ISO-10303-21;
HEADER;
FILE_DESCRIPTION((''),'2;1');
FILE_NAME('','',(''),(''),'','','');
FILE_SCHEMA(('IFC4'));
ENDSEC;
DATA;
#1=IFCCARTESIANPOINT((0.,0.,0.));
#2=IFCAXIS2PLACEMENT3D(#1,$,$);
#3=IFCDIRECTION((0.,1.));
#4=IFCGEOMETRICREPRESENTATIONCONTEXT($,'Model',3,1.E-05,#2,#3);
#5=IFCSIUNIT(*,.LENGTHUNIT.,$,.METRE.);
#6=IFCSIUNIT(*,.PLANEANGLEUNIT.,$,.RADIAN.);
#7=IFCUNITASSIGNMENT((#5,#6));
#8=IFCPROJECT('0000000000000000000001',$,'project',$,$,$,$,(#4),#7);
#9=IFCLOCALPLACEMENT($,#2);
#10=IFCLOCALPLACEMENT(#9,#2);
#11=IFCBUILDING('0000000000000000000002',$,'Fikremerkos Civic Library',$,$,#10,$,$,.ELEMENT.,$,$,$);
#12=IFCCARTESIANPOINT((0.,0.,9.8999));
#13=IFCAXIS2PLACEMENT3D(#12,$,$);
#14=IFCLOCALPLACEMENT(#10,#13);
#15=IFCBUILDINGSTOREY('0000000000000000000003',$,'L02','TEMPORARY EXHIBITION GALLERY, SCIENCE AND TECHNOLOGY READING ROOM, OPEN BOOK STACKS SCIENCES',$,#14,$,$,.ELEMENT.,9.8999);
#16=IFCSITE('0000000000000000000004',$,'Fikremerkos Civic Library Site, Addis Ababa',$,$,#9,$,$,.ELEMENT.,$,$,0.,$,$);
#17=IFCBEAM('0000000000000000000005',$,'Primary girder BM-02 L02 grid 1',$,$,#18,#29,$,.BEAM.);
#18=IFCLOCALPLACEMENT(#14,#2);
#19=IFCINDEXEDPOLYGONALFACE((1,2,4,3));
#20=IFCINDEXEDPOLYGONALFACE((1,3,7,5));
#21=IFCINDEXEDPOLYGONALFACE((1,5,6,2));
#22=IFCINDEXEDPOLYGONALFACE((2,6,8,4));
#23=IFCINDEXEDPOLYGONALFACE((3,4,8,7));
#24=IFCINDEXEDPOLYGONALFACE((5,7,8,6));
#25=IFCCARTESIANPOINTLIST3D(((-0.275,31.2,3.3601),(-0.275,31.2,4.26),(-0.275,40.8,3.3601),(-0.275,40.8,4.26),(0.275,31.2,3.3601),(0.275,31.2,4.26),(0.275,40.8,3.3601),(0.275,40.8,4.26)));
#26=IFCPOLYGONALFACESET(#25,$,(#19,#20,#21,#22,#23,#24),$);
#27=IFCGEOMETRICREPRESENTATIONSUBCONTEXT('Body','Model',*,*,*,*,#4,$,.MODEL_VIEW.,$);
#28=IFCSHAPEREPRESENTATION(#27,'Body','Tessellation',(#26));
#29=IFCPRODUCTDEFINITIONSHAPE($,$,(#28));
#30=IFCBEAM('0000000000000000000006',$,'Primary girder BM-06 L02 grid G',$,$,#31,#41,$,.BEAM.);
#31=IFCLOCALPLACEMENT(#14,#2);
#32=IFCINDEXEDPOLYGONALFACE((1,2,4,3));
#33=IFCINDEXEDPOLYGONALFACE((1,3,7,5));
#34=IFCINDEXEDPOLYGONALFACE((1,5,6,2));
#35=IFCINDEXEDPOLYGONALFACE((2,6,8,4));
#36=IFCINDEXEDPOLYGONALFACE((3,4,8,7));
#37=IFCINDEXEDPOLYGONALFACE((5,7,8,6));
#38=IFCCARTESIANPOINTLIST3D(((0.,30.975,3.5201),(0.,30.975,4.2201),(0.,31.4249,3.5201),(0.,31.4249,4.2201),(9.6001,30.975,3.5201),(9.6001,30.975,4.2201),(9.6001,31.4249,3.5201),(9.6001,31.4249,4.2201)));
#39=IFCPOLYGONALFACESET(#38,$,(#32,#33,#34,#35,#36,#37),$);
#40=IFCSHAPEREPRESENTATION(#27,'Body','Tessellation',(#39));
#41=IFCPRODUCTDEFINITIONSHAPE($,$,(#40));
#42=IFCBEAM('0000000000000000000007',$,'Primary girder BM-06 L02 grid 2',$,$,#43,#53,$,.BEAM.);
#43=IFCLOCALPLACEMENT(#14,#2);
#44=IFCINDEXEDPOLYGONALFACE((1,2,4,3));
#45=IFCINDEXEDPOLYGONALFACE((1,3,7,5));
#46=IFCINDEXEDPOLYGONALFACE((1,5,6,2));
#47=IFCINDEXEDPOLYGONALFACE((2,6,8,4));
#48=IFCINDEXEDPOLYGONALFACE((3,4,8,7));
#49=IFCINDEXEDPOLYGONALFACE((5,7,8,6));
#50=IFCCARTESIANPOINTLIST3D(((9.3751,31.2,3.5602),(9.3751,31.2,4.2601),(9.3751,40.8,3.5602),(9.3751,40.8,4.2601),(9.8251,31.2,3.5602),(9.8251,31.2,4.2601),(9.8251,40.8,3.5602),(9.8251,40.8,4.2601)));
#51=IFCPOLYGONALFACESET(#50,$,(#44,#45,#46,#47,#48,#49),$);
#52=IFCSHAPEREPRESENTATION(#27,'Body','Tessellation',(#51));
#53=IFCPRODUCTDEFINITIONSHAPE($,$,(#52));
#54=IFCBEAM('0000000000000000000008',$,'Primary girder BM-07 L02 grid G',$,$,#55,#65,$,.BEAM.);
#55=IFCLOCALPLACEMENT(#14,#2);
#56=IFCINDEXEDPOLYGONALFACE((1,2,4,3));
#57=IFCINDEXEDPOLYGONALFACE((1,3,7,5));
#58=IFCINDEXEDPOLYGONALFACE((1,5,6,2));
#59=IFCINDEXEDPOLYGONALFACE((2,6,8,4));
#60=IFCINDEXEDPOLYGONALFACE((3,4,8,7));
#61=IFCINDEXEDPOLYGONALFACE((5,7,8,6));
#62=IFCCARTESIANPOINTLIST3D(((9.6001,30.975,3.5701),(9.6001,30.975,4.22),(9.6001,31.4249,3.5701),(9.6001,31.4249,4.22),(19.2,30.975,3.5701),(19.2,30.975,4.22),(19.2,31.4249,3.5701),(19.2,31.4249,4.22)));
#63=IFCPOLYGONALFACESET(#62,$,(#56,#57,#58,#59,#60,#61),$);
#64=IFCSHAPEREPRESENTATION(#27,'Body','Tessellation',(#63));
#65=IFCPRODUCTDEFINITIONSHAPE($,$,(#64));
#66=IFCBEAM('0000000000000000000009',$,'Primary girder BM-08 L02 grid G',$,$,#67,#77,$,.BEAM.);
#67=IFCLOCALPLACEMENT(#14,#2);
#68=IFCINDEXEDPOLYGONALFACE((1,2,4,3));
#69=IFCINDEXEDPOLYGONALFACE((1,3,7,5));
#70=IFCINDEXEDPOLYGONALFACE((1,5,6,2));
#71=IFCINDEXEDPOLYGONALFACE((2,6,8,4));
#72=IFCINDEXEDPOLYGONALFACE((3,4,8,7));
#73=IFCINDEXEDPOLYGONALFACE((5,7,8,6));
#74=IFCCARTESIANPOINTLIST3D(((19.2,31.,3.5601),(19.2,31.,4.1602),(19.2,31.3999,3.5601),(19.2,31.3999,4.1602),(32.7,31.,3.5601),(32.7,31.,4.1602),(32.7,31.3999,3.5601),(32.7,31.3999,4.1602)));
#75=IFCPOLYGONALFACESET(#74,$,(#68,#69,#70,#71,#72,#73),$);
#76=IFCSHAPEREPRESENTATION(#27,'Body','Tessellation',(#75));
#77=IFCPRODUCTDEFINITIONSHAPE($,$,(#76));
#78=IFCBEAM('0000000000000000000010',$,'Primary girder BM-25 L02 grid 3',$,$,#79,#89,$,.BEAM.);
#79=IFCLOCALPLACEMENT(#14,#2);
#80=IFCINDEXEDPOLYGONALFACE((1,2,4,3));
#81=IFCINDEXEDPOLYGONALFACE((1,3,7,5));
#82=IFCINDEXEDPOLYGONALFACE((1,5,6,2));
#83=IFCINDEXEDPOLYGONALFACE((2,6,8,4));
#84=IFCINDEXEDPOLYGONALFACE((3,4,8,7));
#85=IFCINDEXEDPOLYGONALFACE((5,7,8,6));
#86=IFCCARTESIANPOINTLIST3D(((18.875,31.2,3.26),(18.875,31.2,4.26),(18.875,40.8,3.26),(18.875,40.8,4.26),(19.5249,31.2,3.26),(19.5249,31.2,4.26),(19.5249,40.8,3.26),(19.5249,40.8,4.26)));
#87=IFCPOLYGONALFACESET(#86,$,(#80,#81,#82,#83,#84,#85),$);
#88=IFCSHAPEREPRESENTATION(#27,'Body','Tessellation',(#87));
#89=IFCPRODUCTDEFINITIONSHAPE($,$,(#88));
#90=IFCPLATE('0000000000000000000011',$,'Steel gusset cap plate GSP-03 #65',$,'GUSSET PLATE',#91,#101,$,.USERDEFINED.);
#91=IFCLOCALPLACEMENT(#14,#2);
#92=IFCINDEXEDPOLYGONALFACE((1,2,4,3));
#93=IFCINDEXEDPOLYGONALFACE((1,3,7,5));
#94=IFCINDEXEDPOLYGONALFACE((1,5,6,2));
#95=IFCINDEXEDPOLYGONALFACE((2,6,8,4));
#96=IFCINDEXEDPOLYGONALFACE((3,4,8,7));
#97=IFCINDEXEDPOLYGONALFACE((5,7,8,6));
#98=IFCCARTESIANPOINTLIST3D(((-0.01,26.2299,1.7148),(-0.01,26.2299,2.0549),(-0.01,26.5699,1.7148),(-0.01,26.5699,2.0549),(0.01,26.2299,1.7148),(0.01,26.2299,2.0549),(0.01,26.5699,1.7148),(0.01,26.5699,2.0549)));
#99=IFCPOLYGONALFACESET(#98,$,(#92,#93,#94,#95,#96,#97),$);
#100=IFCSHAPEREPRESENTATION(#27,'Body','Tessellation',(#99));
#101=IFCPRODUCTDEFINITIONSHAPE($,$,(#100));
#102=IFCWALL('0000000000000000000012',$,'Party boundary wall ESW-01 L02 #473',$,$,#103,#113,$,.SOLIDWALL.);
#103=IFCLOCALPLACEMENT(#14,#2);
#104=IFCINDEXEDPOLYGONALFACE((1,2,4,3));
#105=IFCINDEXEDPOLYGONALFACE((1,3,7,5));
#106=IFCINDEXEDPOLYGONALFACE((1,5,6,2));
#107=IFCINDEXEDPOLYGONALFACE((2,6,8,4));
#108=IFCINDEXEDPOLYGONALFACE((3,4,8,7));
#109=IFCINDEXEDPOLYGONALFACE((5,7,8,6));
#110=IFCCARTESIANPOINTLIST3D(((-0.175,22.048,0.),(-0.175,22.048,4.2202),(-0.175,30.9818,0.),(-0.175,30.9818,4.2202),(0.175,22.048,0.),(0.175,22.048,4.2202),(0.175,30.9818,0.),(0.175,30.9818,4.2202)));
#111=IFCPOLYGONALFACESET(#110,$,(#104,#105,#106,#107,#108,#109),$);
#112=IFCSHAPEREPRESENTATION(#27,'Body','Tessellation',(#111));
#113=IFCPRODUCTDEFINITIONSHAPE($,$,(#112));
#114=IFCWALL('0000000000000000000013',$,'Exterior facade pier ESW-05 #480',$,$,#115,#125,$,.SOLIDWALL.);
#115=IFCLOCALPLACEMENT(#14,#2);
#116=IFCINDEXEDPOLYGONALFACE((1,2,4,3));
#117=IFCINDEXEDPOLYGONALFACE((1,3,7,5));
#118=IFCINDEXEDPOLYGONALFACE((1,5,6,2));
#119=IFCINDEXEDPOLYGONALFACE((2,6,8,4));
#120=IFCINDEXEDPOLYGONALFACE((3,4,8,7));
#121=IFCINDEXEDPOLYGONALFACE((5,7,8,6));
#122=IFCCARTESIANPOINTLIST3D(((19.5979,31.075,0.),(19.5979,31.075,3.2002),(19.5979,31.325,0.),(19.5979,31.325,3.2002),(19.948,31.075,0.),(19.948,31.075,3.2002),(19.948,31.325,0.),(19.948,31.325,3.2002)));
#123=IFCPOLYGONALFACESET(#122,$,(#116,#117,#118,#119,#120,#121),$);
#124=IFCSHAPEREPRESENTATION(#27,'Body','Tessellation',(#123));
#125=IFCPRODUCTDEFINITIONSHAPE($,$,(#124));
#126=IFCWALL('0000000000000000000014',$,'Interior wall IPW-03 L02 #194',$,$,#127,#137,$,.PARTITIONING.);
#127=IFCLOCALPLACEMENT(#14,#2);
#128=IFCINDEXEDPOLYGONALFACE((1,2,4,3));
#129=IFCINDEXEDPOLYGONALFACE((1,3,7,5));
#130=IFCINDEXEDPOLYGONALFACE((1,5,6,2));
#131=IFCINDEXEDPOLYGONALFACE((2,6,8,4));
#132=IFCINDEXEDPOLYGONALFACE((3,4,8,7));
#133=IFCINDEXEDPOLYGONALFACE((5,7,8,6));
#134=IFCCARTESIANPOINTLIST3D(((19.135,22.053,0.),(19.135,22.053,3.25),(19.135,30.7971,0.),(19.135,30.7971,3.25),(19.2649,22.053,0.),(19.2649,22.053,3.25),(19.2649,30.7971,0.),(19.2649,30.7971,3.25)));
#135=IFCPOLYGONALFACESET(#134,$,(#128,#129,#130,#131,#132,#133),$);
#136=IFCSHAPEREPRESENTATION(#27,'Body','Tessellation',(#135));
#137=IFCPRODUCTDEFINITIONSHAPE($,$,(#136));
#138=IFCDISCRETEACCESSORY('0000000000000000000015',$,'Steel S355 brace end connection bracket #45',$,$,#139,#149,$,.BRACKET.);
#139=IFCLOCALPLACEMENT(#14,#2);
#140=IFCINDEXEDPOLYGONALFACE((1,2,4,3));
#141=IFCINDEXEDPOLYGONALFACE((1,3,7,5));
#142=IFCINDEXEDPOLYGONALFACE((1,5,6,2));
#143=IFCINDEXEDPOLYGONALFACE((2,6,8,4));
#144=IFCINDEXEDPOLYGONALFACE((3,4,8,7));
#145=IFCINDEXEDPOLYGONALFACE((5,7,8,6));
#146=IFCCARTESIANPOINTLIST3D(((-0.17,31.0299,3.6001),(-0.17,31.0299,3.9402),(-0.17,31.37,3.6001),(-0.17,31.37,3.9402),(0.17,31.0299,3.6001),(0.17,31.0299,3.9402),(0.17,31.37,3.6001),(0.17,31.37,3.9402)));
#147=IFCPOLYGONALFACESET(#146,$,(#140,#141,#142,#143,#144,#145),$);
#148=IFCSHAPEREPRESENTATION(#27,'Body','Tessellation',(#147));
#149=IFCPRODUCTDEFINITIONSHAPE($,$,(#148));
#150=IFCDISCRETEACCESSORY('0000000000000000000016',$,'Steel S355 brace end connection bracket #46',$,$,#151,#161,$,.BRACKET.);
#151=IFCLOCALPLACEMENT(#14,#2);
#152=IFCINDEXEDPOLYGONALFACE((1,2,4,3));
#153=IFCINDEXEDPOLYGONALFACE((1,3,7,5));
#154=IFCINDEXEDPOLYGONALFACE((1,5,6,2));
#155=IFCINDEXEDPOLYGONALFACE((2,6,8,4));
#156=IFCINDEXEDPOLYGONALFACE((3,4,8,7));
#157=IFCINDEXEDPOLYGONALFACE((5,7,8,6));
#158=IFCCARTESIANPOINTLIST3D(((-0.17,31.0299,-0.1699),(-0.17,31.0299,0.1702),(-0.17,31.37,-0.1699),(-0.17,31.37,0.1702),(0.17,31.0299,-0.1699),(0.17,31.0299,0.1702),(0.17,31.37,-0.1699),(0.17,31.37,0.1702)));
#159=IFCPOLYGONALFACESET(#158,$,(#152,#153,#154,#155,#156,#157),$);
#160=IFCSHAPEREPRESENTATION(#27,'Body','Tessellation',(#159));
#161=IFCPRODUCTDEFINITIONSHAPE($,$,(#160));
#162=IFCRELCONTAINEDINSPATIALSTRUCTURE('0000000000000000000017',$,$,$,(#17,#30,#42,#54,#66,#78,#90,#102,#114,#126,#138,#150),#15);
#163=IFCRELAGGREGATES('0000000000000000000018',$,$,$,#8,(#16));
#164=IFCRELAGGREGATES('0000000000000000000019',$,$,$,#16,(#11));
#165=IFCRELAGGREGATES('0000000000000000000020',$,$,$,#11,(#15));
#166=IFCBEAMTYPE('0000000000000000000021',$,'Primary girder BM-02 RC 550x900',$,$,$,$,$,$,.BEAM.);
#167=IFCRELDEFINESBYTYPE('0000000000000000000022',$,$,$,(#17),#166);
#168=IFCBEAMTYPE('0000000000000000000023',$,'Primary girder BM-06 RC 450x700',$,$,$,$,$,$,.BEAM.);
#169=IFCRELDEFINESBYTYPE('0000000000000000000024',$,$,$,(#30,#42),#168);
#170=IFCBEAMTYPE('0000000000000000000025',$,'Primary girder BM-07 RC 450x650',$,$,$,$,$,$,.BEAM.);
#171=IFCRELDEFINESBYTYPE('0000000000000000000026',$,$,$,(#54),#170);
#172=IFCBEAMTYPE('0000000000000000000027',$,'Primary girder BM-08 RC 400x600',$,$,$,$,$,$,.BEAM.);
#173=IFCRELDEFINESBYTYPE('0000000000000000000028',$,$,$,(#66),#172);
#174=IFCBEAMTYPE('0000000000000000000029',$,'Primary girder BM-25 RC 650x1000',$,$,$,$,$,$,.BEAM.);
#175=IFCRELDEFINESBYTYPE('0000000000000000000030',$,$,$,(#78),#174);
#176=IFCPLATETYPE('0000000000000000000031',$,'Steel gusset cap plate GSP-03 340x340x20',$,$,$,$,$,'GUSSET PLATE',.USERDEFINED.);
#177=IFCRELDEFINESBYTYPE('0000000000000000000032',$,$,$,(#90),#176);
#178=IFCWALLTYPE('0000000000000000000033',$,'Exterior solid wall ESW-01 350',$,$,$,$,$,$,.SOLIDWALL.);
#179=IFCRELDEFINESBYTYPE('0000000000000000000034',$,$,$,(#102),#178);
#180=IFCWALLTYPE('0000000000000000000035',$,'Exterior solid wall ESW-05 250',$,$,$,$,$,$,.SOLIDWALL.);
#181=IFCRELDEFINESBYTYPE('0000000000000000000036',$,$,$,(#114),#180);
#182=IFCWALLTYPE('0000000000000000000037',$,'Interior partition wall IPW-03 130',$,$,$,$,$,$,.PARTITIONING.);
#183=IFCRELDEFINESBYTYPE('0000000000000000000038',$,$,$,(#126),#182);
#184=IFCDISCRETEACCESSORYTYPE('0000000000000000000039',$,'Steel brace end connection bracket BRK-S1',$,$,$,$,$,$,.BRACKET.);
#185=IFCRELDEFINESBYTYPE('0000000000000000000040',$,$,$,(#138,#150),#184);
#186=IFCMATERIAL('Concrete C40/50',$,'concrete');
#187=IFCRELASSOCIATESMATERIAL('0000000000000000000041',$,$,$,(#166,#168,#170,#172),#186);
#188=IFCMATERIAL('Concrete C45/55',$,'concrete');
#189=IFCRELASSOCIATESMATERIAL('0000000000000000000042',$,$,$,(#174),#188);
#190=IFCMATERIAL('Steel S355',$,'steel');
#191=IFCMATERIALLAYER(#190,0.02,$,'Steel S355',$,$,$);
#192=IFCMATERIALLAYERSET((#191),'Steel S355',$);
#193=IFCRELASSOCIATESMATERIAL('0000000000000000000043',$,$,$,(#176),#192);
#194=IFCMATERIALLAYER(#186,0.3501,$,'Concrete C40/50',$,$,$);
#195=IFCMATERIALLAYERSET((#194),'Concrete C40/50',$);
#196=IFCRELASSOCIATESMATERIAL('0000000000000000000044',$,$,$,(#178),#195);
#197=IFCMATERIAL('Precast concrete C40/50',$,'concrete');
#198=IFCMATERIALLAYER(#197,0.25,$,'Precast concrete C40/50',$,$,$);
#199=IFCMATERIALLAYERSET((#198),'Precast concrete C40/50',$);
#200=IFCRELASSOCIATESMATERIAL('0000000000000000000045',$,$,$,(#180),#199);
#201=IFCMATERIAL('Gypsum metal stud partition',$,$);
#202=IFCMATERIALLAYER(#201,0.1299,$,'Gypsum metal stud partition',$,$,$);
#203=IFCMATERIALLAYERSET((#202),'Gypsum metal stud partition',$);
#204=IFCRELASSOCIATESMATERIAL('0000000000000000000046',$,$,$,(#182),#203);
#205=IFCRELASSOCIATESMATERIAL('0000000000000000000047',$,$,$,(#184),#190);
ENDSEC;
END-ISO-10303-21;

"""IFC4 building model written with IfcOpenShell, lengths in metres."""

from ifc_helpers import new_model, si_unit, direction, frame, frame_2d, origin, origin_2d, place, context, subcontext, project, spatial, rectangle, extrude, material, layer, layer_set, material_profile, profile_set, type_object, element, save


model = new_model("IFC4")

# Units and contexts
model_context = context("Model", 3, precision=1e-05, world=origin(), true_north=direction((0.0, 1.0)))
body_context = subcontext(model_context, "Body", "Model", "MODEL_VIEW")
ifc_project = project(units=[si_unit("LENGTHUNIT", "METRE"), si_unit("PLANEANGLEUNIT", "RADIAN")], contexts=[model_context])

# Site, building, storey
site_placement = place(None, origin())
site = spatial("IfcSite", under=ifc_project, at=site_placement, Name="Fikremerkos Civic Library Site, Addis Ababa", CompositionType="ELEMENT", RefElevation=0.0)
building_placement = place(site_placement, origin())
building = spatial("IfcBuilding", under=site, at=building_placement, Name="Fikremerkos Civic Library", CompositionType="ELEMENT")
storey_placement = place(building_placement, frame((0.0, 0.0, 9.8999)))
storey = spatial("IfcBuildingStorey", under=building, at=storey_placement, Name="L02", Description="TEMPORARY EXHIBITION GALLERY, SCIENCE AND TECHNOLOGY READING ROOM, OPEN BOOK STACKS SCIENCES", CompositionType="ELEMENT", Elevation=9.8999)

# Shared definitions
ifc_material_1 = material(Name="Concrete C40/50", Category="concrete")
ifc_material_2 = material(Name="Steel S355", Category="steel")

# Beams
ifc_material_profile_1 = material_profile(ifc_material_1, rectangle(XDim=0.55, YDim=0.8999, at=origin_2d()), Name="RC 550x900")
ifc_profile_set_1 = profile_set([ifc_material_profile_1], Name="Concrete C40/50")
beam_type_1 = type_object("IfcBeamType", Name="Primary girder BM-02 RC 550x900", PredefinedType="BEAM", material=ifc_profile_set_1)
beam_1_placement = place(storey_placement, frame((0.0, 31.2, 3.8101), z_axis=(0.0, 1.0, 0.0), x_axis=(-1.0, 0.0, 0.0)))
element("IfcBeam", 1, at=beam_1_placement, inside=storey, type_object=beam_type_1, Name="Primary girder BM-02 L02 grid 1", PredefinedType="BEAM", context=body_context, shape_type="SweptSolid", body=[
    extrude(rectangle(XDim=0.55, YDim=0.8999, at=origin_2d()), origin(), (0.0, 0.0, 1.0), 9.6001),
])
ifc_material_profile_2 = material_profile(ifc_material_1, rectangle(XDim=0.45, YDim=0.7, at=origin_2d()), Name="RC 450x700")
ifc_profile_set_2 = profile_set([ifc_material_profile_2], Name="Concrete C40/50")
beam_type_2 = type_object("IfcBeamType", Name="Primary girder BM-06 RC 450x700", PredefinedType="BEAM", material=ifc_profile_set_2)
for number, where, z_axis, x_axis, name in (
    (2, (0.0, 31.2, 3.8701), (1.0, 0.0, 0.0), (0.0, 1.0, 0.0), "Primary girder BM-06 L02 grid G"),
    (3, (9.6001, 31.2, 3.9102), (0.0, 1.0, 0.0), (-1.0, 0.0, 0.0), "Primary girder BM-06 L02 grid 2"),
):
    element("IfcBeam", number, at=place(storey_placement, frame(where, z_axis=z_axis, x_axis=x_axis)), inside=storey, type_object=beam_type_2, Name=name, PredefinedType="BEAM", context=body_context, shape_type="SweptSolid", body=[
        extrude(rectangle(XDim=0.45, YDim=0.7, at=origin_2d()), origin(), (0.0, 0.0, 1.0), 9.6001),
    ])
ifc_material_profile_3 = material_profile(ifc_material_1, rectangle(XDim=0.45, YDim=0.6499, at=origin_2d()), Name="RC 450x650")
ifc_profile_set_3 = profile_set([ifc_material_profile_3], Name="Concrete C40/50")
beam_type_3 = type_object("IfcBeamType", Name="Primary girder BM-07 RC 450x650", PredefinedType="BEAM", material=ifc_profile_set_3)
beam_2_placement = place(storey_placement, frame((9.6001, 31.2, 3.895), z_axis=(1.0, 0.0, 0.0), x_axis=(0.0, 1.0, 0.0)))
element("IfcBeam", 4, at=beam_2_placement, inside=storey, type_object=beam_type_3, Name="Primary girder BM-07 L02 grid G", PredefinedType="BEAM", context=body_context, shape_type="SweptSolid", body=[
    extrude(rectangle(XDim=0.45, YDim=0.6499, at=origin_2d()), origin(), (0.0, 0.0, 1.0), 9.5999),
])
ifc_material_profile_4 = material_profile(ifc_material_1, rectangle(XDim=0.3999, YDim=0.6001, at=origin_2d()), Name="RC 400x600")
ifc_profile_set_4 = profile_set([ifc_material_profile_4], Name="Concrete C40/50")
beam_type_4 = type_object("IfcBeamType", Name="Primary girder BM-08 RC 400x600", PredefinedType="BEAM", material=ifc_profile_set_4)
beam_3_placement = place(storey_placement, frame((19.2, 31.2, 3.8601), z_axis=(1.0, 0.0, 0.0), x_axis=(0.0, 1.0, 0.0)))
element("IfcBeam", 5, at=beam_3_placement, inside=storey, type_object=beam_type_4, Name="Primary girder BM-08 L02 grid G", PredefinedType="BEAM", context=body_context, shape_type="SweptSolid", body=[
    extrude(rectangle(XDim=0.3999, YDim=0.6001, at=origin_2d()), origin(), (0.0, 0.0, 1.0), 13.5),
])
ifc_material_3 = material(Name="Concrete C45/55", Category="concrete")
ifc_material_profile_5 = material_profile(ifc_material_3, rectangle(XDim=0.6499, YDim=1.0, at=origin_2d()), Name="RC 650x1000")
ifc_profile_set_5 = profile_set([ifc_material_profile_5], Name="Concrete C45/55")
beam_type_5 = type_object("IfcBeamType", Name="Primary girder BM-25 RC 650x1000", PredefinedType="BEAM", material=ifc_profile_set_5)
beam_4_placement = place(storey_placement, frame((19.2, 31.2, 3.76), z_axis=(0.0, 1.0, 0.0), x_axis=(-1.0, 0.0, 0.0)))
element("IfcBeam", 6, at=beam_4_placement, inside=storey, type_object=beam_type_5, Name="Primary girder BM-25 L02 grid 3", PredefinedType="BEAM", context=body_context, shape_type="SweptSolid", body=[
    extrude(rectangle(XDim=0.6499, YDim=1.0, at=origin_2d()), origin(), (0.0, 0.0, 1.0), 9.6001),
])

# Plate
ifc_layer_1 = layer(ifc_material_2, 0.02, Name="Steel S355")
ifc_layer_set_1 = layer_set([ifc_layer_1], Name="Steel S355")
plate_type = type_object("IfcPlateType", Name="Steel gusset cap plate GSP-03 340x340x20", ElementType="GUSSET PLATE", PredefinedType="USERDEFINED", material=ifc_layer_set_1)
plate_placement = place(storey_placement, frame((0.0, 26.3999, 1.7148), z_axis=(0.0, 0.0, 1.0), x_axis=(1.0, 0.0, 0.0)))
element("IfcPlate", 7, at=plate_placement, inside=storey, type_object=plate_type, Name="Steel gusset cap plate GSP-03 #65", ObjectType="GUSSET PLATE", PredefinedType="USERDEFINED", context=body_context, shape_type="SweptSolid", body=[
    extrude(rectangle(XDim=0.02, YDim=0.3401, at=origin_2d()), origin(), (0.0, 0.0, 1.0), 0.3401),
])

# Walls
ifc_layer_2 = layer(ifc_material_1, 0.3501, Name="Concrete C40/50")
ifc_layer_set_2 = layer_set([ifc_layer_2], Name="Concrete C40/50")
wall_type_1 = type_object("IfcWallType", Name="Exterior solid wall ESW-01 350", PredefinedType="SOLIDWALL", material=ifc_layer_set_2)
wall_1_placement = place(storey_placement, frame((0.0, 22.0481, 0.0), z_axis=(0.0, 0.0, 1.0), x_axis=(0.0, 1.0, 0.0)))
element("IfcWall", 8, at=wall_1_placement, inside=storey, type_object=wall_type_1, Name="Party boundary wall ESW-01 L02 #473", PredefinedType="SOLIDWALL", context=body_context, shape_type="SweptSolid", body=[
    extrude(rectangle(XDim=8.9338, YDim=0.3501, at=frame_2d((4.4668, 0.0))), origin(), (0.0, 0.0, 1.0), 4.2202),
])
ifc_material_4 = material(Name="Precast concrete C40/50", Category="concrete")
ifc_layer_3 = layer(ifc_material_4, 0.25, Name="Precast concrete C40/50")
ifc_layer_set_3 = layer_set([ifc_layer_3], Name="Precast concrete C40/50")
wall_type_2 = type_object("IfcWallType", Name="Exterior solid wall ESW-05 250", PredefinedType="SOLIDWALL", material=ifc_layer_set_3)
wall_2_placement = place(storey_placement, frame((19.5979, 31.2, 0.0), z_axis=(0.0, 0.0, 1.0), x_axis=(1.0, 0.0, 0.0)))
element("IfcWall", 9, at=wall_2_placement, inside=storey, type_object=wall_type_2, Name="Exterior facade pier ESW-05 #480", PredefinedType="SOLIDWALL", context=body_context, shape_type="SweptSolid", body=[
    extrude(rectangle(XDim=0.3501, YDim=0.25, at=frame_2d((0.175, 0.0))), origin(), (0.0, 0.0, 1.0), 3.2002),
])
ifc_material_5 = material(Name="Gypsum metal stud partition")
ifc_layer_4 = layer(ifc_material_5, 0.1299, Name="Gypsum metal stud partition")
ifc_layer_set_4 = layer_set([ifc_layer_4], Name="Gypsum metal stud partition")
wall_type_3 = type_object("IfcWallType", Name="Interior partition wall IPW-03 130", PredefinedType="PARTITIONING", material=ifc_layer_set_4)
wall_3_placement = place(storey_placement, frame((19.2, 22.053, 0.0), z_axis=(0.0, 0.0, 1.0), x_axis=(0.0, 1.0, 0.0)))
element("IfcWall", 10, at=wall_3_placement, inside=storey, type_object=wall_type_3, Name="Interior wall IPW-03 L02 #194", PredefinedType="PARTITIONING", context=body_context, shape_type="SweptSolid", body=[
    extrude(rectangle(XDim=8.7441, YDim=0.1299, at=frame_2d((4.3721, 0.0))), origin(), (0.0, 0.0, 1.0), 3.25),
])

# Discrete accessories
discrete_accessory_type = type_object("IfcDiscreteAccessoryType", Name="Steel brace end connection bracket BRK-S1", PredefinedType="BRACKET", material=ifc_material_2)
for number, where, z_axis, x_axis, name in (
    (11, (0.0, 31.2, 3.6001), (0.0, 0.0, 1.0), (1.0, 0.0, 0.0), "Steel S355 brace end connection bracket #45"),
    (12, (0.0, 31.2, -0.1699), (0.0, 0.0, 1.0), (1.0, 0.0, 0.0), "Steel S355 brace end connection bracket #46"),
):
    element("IfcDiscreteAccessory", number, at=place(storey_placement, frame(where, z_axis=z_axis, x_axis=x_axis)), inside=storey, type_object=discrete_accessory_type, Name=name, PredefinedType="BRACKET", context=body_context, shape_type="SweptSolid", body=[
        extrude(rectangle(XDim=0.3401, YDim=0.3401, at=origin_2d()), origin(), (0.0, 0.0, 1.0), 0.3401),
    ])

save(model, "model.ifc")
